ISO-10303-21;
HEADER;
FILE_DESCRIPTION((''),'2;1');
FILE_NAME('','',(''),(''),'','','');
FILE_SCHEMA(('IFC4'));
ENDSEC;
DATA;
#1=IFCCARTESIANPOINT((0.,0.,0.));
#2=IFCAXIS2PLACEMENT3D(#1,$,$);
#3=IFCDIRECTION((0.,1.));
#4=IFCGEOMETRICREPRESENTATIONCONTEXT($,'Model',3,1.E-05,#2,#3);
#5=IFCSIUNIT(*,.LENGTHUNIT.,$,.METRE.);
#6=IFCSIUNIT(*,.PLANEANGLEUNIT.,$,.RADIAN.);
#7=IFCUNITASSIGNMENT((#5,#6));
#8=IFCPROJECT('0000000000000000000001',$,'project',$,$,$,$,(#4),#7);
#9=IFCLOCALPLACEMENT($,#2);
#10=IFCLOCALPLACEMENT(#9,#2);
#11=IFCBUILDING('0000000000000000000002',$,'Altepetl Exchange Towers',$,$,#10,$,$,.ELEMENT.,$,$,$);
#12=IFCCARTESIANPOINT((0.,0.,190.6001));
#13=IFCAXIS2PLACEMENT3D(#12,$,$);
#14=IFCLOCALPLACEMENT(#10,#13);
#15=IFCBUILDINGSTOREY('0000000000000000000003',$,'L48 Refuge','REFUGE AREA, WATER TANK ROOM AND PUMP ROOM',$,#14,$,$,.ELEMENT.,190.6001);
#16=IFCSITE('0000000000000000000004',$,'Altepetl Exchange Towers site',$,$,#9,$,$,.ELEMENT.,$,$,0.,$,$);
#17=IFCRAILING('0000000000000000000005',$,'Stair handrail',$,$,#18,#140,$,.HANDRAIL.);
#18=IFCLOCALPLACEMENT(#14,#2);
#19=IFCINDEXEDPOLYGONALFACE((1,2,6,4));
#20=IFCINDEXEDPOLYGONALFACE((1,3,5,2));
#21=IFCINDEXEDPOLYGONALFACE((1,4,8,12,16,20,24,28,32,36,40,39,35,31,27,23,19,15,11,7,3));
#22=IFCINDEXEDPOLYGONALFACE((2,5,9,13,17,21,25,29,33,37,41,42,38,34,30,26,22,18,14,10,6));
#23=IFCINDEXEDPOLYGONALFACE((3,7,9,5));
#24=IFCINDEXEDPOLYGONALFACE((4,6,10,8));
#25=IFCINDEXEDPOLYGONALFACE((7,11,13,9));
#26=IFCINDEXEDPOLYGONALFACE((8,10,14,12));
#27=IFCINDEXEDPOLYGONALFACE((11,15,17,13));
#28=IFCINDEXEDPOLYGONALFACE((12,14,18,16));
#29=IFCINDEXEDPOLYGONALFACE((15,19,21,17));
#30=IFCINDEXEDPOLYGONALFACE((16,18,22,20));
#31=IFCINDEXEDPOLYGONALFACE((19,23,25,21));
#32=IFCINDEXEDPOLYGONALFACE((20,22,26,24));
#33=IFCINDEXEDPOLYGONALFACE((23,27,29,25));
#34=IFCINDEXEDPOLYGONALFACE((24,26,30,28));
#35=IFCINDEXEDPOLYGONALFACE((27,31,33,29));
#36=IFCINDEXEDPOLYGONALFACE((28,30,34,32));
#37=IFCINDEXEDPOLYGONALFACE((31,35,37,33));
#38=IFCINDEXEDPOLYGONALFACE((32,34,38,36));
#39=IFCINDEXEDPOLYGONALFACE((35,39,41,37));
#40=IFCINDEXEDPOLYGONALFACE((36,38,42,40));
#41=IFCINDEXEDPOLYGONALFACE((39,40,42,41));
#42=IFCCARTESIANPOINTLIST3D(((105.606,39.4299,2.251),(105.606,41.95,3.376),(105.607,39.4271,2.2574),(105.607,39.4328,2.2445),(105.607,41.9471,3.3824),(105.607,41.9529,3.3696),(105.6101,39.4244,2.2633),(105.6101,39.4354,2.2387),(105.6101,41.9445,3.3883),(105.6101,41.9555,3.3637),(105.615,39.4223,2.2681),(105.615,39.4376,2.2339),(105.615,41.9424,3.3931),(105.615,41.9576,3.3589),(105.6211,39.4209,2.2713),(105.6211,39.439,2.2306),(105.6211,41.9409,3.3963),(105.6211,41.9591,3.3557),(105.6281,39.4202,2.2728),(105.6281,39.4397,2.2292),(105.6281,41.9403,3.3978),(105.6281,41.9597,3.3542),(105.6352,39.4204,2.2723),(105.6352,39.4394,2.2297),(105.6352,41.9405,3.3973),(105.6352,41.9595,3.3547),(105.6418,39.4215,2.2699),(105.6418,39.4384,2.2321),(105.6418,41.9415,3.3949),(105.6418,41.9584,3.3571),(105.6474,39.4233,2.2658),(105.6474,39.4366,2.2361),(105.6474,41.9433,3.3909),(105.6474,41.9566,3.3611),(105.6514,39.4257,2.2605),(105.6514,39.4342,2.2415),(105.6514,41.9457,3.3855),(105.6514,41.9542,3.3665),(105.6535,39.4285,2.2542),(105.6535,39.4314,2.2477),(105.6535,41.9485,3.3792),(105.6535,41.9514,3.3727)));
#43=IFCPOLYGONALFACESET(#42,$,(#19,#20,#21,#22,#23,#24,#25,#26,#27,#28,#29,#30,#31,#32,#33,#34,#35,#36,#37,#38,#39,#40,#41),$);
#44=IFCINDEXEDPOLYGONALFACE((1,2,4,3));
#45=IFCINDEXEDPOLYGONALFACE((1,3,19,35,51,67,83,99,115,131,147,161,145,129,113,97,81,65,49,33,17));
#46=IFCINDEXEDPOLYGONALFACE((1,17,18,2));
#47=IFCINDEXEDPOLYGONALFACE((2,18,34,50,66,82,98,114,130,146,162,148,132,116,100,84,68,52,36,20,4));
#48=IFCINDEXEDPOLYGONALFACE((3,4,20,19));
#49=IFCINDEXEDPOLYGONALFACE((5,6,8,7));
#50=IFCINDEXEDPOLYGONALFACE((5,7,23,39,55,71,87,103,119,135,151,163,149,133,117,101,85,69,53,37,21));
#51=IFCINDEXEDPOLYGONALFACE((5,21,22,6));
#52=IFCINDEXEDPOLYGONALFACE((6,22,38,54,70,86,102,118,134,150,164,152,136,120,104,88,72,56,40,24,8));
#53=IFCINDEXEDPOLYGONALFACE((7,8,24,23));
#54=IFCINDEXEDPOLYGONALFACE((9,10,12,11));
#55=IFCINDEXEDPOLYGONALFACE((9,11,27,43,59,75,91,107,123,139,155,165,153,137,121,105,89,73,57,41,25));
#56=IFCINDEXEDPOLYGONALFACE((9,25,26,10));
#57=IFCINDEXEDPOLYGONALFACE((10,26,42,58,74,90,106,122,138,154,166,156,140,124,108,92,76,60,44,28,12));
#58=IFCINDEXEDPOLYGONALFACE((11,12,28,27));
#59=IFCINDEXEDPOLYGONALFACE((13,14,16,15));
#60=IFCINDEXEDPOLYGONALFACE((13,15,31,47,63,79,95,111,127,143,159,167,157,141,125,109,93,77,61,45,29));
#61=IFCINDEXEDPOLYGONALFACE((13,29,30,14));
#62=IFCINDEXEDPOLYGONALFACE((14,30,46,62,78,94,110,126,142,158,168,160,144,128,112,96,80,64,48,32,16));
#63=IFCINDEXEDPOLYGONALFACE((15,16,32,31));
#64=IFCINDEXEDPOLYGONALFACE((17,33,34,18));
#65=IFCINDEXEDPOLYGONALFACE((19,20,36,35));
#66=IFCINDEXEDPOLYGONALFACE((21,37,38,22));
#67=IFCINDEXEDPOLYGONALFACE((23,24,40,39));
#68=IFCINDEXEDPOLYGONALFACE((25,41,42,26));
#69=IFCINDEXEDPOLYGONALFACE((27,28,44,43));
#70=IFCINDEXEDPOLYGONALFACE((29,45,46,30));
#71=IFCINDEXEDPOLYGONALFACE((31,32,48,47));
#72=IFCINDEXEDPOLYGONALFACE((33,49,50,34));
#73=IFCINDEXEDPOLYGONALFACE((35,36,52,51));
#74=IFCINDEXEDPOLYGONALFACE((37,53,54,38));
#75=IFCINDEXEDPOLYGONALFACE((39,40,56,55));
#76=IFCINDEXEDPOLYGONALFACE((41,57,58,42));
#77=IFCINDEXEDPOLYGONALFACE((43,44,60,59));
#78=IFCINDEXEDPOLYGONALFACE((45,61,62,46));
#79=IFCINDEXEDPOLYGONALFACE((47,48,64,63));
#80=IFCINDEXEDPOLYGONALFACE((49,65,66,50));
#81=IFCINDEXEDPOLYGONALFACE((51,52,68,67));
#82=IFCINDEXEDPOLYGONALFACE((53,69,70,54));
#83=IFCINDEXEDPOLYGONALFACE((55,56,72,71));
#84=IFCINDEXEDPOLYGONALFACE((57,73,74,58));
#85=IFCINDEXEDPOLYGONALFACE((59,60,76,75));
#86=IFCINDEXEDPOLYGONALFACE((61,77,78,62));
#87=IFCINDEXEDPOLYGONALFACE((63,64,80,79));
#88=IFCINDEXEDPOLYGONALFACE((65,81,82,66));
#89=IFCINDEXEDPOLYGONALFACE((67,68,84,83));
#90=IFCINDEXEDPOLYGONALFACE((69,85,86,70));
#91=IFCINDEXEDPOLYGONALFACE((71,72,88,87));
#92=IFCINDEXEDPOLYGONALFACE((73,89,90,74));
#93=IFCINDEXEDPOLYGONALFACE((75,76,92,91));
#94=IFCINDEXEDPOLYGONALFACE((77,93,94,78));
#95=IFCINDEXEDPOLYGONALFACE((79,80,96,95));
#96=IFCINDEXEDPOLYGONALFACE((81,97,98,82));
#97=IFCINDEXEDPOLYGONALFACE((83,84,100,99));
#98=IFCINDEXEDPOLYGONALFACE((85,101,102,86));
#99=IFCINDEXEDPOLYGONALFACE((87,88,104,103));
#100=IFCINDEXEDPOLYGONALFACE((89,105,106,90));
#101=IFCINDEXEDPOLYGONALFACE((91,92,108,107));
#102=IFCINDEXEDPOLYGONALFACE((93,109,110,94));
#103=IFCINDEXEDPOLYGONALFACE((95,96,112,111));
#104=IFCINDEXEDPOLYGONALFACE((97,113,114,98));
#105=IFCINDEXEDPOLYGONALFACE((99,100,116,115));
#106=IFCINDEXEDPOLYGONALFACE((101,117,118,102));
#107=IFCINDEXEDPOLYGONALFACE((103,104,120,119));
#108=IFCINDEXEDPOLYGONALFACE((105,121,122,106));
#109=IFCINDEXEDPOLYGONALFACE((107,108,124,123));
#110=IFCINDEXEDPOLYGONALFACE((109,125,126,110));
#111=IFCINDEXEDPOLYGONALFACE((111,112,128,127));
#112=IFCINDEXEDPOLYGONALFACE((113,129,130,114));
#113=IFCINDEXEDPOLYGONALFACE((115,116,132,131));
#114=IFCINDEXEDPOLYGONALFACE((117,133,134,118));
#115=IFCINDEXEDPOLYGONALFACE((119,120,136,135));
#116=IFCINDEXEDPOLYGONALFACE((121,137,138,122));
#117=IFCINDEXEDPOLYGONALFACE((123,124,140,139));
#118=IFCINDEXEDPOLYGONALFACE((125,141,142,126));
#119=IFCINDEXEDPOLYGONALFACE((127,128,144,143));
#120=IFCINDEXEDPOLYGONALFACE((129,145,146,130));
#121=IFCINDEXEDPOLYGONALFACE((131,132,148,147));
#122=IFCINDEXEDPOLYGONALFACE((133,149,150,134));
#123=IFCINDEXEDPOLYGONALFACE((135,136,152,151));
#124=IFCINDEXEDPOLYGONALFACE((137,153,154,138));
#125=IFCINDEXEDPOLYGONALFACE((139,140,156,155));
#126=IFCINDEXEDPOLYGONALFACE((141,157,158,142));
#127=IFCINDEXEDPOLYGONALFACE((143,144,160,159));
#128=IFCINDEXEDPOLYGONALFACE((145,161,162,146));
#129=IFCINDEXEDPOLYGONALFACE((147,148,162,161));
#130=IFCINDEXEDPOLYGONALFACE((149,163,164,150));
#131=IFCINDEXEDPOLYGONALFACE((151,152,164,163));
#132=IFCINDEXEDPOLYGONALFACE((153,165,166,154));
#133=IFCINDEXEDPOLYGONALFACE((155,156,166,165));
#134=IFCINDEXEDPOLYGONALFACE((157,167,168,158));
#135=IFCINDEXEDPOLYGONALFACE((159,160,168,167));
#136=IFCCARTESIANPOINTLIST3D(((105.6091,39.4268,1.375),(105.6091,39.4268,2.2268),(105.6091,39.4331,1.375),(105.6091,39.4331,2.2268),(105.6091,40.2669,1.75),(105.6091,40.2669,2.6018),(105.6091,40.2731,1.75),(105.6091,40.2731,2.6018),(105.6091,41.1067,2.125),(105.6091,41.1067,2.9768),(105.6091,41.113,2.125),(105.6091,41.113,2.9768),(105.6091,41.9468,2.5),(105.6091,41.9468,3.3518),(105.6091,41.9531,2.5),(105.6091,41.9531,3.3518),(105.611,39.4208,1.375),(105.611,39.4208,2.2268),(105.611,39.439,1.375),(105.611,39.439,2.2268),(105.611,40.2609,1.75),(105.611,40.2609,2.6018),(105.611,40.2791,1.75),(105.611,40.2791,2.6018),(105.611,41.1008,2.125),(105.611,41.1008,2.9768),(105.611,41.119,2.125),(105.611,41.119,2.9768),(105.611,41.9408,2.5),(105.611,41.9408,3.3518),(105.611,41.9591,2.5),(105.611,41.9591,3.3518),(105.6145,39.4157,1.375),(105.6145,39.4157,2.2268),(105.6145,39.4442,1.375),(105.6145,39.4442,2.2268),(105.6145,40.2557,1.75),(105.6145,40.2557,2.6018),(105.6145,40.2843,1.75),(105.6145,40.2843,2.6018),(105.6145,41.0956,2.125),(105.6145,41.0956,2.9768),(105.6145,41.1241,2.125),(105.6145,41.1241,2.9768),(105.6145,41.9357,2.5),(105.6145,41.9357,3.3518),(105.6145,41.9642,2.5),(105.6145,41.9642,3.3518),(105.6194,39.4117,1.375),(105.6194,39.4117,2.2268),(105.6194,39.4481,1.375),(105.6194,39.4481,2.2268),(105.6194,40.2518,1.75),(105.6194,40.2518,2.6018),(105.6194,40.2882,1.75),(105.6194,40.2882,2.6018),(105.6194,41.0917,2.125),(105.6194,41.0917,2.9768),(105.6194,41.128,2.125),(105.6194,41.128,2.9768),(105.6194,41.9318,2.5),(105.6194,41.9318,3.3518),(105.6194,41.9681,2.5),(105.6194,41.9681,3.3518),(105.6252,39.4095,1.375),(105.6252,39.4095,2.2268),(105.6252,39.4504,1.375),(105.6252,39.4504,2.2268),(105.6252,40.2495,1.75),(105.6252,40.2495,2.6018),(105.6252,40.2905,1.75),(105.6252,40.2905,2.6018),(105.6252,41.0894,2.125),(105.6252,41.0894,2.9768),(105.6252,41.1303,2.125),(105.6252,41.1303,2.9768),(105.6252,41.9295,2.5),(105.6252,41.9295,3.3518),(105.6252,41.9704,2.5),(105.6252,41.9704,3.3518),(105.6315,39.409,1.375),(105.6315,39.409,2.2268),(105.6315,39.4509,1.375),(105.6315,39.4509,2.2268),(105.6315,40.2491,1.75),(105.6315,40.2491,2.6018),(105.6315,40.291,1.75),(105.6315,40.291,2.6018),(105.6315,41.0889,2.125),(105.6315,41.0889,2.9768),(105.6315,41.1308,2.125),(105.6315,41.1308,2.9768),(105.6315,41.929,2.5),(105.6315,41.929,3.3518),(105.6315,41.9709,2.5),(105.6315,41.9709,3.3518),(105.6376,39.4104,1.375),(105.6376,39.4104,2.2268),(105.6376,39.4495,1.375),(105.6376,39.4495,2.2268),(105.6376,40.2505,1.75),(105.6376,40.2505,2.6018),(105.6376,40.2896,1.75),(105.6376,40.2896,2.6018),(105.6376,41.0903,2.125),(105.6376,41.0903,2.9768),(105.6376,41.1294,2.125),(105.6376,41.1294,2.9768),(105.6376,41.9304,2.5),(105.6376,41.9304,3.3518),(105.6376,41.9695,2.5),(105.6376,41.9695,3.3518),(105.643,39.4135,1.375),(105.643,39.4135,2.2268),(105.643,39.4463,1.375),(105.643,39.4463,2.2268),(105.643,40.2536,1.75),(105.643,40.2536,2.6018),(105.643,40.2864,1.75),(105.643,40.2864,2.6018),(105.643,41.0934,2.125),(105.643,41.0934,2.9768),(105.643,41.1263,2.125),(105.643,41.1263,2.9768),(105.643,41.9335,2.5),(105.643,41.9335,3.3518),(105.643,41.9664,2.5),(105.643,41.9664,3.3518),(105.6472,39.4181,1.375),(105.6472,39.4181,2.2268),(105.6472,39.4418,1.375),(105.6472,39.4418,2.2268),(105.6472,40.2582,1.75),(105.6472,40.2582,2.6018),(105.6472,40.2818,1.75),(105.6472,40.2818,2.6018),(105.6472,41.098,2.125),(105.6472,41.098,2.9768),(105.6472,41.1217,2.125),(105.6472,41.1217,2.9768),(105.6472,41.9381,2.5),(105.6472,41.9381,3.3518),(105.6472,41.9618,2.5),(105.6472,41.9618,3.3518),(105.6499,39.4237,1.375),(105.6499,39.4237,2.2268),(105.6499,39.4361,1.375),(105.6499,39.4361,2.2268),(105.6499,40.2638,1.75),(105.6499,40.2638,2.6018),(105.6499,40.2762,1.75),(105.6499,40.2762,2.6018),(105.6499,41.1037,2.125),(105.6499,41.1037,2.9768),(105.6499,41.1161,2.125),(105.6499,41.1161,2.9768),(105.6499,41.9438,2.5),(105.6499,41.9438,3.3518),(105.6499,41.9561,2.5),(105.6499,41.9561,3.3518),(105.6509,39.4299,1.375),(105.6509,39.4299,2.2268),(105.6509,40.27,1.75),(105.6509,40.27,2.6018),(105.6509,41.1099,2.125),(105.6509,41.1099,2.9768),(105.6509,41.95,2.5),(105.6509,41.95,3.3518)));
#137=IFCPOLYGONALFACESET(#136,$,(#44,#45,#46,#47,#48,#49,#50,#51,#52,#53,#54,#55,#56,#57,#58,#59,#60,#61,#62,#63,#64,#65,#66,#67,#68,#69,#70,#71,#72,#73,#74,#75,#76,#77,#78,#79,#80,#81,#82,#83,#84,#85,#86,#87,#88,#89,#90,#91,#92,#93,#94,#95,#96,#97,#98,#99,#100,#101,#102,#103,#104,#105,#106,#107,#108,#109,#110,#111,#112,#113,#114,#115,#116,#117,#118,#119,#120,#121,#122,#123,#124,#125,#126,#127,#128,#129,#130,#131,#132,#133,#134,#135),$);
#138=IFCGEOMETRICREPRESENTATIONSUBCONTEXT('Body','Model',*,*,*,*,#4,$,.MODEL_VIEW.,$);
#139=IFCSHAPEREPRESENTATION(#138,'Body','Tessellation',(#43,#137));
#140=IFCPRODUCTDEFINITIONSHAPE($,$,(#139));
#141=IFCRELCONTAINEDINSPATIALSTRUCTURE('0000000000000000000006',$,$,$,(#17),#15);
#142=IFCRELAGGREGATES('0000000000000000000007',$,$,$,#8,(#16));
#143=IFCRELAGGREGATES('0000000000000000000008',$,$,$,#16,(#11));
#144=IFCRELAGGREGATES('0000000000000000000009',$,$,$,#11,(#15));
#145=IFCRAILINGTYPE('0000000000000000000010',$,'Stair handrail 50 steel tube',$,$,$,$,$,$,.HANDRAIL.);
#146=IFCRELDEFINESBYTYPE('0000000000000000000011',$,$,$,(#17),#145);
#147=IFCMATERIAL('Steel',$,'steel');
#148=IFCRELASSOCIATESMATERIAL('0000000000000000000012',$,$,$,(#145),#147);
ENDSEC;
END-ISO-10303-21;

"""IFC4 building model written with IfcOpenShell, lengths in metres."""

from ifc_helpers import new_model, si_unit, direction, frame, origin, origin_2d, place, context, subcontext, project, spatial, circle, extrude, source, transform, mapped, material, type_object, element, save


model = new_model("IFC4")

# Units and contexts
model_context = context("Model", 3, precision=1e-05, world=origin(), true_north=direction((0.0, 1.0)))
body_context = subcontext(model_context, "Body", "Model", "MODEL_VIEW")
ifc_project = project(units=[si_unit("LENGTHUNIT", "METRE"), si_unit("PLANEANGLEUNIT", "RADIAN")], contexts=[model_context])

# Site, building, storey
site_placement = place(None, origin())
site = spatial("IfcSite", under=ifc_project, at=site_placement, Name="Altepetl Exchange Towers site", CompositionType="ELEMENT", RefElevation=0.0)
building_placement = place(site_placement, origin())
building = spatial("IfcBuilding", under=site, at=building_placement, Name="Altepetl Exchange Towers", CompositionType="ELEMENT")
storey_placement = place(building_placement, frame((0.0, 0.0, 190.6001)))
storey = spatial("IfcBuildingStorey", under=building, at=storey_placement, Name="L48 Refuge", Description="REFUGE AREA, WATER TANK ROOM AND PUMP ROOM", CompositionType="ELEMENT", Elevation=190.6001)

# Railing
ifc_material_1 = material(Name="Steel", Category="steel")
railing_type = type_object("IfcRailingType", Name="Stair handrail 50 steel tube", PredefinedType="HANDRAIL", material=ifc_material_1)
shared_shape = source(origin(), body_context, "Body", "SweptSolid", [
    extrude(circle(Radius=0.021, at=origin_2d()), origin(), (0.0, 0.0, 1.0), 0.8518),
])
railing_1_placement = place(storey_placement, frame((105.6299, 39.4299, 1.375)))
element("IfcRailing", 1, at=railing_1_placement, inside=storey, type_object=railing_type, Name="Stair handrail", PredefinedType="HANDRAIL", context=body_context, shape_type="SweptSolid", body=[
    extrude(circle(Radius=0.0239, at=origin_2d()), frame((0.0, 0.0, 0.876), z_axis=(0.0, 0.913139, 0.407648), x_axis=(-1.0, 0.0, 0.0)), (0.0, 0.0, 1.0), 2.7598),
    mapped(shared_shape, transform((0.0, 0.0, 0.0))),
    mapped(shared_shape, transform((0.0, 0.8401, 0.375))),
    mapped(shared_shape, transform((0.0, 1.6799, 0.75))),
    mapped(shared_shape, transform((0.0, 2.52, 1.125))),
])

save(model, "model.ifc")
